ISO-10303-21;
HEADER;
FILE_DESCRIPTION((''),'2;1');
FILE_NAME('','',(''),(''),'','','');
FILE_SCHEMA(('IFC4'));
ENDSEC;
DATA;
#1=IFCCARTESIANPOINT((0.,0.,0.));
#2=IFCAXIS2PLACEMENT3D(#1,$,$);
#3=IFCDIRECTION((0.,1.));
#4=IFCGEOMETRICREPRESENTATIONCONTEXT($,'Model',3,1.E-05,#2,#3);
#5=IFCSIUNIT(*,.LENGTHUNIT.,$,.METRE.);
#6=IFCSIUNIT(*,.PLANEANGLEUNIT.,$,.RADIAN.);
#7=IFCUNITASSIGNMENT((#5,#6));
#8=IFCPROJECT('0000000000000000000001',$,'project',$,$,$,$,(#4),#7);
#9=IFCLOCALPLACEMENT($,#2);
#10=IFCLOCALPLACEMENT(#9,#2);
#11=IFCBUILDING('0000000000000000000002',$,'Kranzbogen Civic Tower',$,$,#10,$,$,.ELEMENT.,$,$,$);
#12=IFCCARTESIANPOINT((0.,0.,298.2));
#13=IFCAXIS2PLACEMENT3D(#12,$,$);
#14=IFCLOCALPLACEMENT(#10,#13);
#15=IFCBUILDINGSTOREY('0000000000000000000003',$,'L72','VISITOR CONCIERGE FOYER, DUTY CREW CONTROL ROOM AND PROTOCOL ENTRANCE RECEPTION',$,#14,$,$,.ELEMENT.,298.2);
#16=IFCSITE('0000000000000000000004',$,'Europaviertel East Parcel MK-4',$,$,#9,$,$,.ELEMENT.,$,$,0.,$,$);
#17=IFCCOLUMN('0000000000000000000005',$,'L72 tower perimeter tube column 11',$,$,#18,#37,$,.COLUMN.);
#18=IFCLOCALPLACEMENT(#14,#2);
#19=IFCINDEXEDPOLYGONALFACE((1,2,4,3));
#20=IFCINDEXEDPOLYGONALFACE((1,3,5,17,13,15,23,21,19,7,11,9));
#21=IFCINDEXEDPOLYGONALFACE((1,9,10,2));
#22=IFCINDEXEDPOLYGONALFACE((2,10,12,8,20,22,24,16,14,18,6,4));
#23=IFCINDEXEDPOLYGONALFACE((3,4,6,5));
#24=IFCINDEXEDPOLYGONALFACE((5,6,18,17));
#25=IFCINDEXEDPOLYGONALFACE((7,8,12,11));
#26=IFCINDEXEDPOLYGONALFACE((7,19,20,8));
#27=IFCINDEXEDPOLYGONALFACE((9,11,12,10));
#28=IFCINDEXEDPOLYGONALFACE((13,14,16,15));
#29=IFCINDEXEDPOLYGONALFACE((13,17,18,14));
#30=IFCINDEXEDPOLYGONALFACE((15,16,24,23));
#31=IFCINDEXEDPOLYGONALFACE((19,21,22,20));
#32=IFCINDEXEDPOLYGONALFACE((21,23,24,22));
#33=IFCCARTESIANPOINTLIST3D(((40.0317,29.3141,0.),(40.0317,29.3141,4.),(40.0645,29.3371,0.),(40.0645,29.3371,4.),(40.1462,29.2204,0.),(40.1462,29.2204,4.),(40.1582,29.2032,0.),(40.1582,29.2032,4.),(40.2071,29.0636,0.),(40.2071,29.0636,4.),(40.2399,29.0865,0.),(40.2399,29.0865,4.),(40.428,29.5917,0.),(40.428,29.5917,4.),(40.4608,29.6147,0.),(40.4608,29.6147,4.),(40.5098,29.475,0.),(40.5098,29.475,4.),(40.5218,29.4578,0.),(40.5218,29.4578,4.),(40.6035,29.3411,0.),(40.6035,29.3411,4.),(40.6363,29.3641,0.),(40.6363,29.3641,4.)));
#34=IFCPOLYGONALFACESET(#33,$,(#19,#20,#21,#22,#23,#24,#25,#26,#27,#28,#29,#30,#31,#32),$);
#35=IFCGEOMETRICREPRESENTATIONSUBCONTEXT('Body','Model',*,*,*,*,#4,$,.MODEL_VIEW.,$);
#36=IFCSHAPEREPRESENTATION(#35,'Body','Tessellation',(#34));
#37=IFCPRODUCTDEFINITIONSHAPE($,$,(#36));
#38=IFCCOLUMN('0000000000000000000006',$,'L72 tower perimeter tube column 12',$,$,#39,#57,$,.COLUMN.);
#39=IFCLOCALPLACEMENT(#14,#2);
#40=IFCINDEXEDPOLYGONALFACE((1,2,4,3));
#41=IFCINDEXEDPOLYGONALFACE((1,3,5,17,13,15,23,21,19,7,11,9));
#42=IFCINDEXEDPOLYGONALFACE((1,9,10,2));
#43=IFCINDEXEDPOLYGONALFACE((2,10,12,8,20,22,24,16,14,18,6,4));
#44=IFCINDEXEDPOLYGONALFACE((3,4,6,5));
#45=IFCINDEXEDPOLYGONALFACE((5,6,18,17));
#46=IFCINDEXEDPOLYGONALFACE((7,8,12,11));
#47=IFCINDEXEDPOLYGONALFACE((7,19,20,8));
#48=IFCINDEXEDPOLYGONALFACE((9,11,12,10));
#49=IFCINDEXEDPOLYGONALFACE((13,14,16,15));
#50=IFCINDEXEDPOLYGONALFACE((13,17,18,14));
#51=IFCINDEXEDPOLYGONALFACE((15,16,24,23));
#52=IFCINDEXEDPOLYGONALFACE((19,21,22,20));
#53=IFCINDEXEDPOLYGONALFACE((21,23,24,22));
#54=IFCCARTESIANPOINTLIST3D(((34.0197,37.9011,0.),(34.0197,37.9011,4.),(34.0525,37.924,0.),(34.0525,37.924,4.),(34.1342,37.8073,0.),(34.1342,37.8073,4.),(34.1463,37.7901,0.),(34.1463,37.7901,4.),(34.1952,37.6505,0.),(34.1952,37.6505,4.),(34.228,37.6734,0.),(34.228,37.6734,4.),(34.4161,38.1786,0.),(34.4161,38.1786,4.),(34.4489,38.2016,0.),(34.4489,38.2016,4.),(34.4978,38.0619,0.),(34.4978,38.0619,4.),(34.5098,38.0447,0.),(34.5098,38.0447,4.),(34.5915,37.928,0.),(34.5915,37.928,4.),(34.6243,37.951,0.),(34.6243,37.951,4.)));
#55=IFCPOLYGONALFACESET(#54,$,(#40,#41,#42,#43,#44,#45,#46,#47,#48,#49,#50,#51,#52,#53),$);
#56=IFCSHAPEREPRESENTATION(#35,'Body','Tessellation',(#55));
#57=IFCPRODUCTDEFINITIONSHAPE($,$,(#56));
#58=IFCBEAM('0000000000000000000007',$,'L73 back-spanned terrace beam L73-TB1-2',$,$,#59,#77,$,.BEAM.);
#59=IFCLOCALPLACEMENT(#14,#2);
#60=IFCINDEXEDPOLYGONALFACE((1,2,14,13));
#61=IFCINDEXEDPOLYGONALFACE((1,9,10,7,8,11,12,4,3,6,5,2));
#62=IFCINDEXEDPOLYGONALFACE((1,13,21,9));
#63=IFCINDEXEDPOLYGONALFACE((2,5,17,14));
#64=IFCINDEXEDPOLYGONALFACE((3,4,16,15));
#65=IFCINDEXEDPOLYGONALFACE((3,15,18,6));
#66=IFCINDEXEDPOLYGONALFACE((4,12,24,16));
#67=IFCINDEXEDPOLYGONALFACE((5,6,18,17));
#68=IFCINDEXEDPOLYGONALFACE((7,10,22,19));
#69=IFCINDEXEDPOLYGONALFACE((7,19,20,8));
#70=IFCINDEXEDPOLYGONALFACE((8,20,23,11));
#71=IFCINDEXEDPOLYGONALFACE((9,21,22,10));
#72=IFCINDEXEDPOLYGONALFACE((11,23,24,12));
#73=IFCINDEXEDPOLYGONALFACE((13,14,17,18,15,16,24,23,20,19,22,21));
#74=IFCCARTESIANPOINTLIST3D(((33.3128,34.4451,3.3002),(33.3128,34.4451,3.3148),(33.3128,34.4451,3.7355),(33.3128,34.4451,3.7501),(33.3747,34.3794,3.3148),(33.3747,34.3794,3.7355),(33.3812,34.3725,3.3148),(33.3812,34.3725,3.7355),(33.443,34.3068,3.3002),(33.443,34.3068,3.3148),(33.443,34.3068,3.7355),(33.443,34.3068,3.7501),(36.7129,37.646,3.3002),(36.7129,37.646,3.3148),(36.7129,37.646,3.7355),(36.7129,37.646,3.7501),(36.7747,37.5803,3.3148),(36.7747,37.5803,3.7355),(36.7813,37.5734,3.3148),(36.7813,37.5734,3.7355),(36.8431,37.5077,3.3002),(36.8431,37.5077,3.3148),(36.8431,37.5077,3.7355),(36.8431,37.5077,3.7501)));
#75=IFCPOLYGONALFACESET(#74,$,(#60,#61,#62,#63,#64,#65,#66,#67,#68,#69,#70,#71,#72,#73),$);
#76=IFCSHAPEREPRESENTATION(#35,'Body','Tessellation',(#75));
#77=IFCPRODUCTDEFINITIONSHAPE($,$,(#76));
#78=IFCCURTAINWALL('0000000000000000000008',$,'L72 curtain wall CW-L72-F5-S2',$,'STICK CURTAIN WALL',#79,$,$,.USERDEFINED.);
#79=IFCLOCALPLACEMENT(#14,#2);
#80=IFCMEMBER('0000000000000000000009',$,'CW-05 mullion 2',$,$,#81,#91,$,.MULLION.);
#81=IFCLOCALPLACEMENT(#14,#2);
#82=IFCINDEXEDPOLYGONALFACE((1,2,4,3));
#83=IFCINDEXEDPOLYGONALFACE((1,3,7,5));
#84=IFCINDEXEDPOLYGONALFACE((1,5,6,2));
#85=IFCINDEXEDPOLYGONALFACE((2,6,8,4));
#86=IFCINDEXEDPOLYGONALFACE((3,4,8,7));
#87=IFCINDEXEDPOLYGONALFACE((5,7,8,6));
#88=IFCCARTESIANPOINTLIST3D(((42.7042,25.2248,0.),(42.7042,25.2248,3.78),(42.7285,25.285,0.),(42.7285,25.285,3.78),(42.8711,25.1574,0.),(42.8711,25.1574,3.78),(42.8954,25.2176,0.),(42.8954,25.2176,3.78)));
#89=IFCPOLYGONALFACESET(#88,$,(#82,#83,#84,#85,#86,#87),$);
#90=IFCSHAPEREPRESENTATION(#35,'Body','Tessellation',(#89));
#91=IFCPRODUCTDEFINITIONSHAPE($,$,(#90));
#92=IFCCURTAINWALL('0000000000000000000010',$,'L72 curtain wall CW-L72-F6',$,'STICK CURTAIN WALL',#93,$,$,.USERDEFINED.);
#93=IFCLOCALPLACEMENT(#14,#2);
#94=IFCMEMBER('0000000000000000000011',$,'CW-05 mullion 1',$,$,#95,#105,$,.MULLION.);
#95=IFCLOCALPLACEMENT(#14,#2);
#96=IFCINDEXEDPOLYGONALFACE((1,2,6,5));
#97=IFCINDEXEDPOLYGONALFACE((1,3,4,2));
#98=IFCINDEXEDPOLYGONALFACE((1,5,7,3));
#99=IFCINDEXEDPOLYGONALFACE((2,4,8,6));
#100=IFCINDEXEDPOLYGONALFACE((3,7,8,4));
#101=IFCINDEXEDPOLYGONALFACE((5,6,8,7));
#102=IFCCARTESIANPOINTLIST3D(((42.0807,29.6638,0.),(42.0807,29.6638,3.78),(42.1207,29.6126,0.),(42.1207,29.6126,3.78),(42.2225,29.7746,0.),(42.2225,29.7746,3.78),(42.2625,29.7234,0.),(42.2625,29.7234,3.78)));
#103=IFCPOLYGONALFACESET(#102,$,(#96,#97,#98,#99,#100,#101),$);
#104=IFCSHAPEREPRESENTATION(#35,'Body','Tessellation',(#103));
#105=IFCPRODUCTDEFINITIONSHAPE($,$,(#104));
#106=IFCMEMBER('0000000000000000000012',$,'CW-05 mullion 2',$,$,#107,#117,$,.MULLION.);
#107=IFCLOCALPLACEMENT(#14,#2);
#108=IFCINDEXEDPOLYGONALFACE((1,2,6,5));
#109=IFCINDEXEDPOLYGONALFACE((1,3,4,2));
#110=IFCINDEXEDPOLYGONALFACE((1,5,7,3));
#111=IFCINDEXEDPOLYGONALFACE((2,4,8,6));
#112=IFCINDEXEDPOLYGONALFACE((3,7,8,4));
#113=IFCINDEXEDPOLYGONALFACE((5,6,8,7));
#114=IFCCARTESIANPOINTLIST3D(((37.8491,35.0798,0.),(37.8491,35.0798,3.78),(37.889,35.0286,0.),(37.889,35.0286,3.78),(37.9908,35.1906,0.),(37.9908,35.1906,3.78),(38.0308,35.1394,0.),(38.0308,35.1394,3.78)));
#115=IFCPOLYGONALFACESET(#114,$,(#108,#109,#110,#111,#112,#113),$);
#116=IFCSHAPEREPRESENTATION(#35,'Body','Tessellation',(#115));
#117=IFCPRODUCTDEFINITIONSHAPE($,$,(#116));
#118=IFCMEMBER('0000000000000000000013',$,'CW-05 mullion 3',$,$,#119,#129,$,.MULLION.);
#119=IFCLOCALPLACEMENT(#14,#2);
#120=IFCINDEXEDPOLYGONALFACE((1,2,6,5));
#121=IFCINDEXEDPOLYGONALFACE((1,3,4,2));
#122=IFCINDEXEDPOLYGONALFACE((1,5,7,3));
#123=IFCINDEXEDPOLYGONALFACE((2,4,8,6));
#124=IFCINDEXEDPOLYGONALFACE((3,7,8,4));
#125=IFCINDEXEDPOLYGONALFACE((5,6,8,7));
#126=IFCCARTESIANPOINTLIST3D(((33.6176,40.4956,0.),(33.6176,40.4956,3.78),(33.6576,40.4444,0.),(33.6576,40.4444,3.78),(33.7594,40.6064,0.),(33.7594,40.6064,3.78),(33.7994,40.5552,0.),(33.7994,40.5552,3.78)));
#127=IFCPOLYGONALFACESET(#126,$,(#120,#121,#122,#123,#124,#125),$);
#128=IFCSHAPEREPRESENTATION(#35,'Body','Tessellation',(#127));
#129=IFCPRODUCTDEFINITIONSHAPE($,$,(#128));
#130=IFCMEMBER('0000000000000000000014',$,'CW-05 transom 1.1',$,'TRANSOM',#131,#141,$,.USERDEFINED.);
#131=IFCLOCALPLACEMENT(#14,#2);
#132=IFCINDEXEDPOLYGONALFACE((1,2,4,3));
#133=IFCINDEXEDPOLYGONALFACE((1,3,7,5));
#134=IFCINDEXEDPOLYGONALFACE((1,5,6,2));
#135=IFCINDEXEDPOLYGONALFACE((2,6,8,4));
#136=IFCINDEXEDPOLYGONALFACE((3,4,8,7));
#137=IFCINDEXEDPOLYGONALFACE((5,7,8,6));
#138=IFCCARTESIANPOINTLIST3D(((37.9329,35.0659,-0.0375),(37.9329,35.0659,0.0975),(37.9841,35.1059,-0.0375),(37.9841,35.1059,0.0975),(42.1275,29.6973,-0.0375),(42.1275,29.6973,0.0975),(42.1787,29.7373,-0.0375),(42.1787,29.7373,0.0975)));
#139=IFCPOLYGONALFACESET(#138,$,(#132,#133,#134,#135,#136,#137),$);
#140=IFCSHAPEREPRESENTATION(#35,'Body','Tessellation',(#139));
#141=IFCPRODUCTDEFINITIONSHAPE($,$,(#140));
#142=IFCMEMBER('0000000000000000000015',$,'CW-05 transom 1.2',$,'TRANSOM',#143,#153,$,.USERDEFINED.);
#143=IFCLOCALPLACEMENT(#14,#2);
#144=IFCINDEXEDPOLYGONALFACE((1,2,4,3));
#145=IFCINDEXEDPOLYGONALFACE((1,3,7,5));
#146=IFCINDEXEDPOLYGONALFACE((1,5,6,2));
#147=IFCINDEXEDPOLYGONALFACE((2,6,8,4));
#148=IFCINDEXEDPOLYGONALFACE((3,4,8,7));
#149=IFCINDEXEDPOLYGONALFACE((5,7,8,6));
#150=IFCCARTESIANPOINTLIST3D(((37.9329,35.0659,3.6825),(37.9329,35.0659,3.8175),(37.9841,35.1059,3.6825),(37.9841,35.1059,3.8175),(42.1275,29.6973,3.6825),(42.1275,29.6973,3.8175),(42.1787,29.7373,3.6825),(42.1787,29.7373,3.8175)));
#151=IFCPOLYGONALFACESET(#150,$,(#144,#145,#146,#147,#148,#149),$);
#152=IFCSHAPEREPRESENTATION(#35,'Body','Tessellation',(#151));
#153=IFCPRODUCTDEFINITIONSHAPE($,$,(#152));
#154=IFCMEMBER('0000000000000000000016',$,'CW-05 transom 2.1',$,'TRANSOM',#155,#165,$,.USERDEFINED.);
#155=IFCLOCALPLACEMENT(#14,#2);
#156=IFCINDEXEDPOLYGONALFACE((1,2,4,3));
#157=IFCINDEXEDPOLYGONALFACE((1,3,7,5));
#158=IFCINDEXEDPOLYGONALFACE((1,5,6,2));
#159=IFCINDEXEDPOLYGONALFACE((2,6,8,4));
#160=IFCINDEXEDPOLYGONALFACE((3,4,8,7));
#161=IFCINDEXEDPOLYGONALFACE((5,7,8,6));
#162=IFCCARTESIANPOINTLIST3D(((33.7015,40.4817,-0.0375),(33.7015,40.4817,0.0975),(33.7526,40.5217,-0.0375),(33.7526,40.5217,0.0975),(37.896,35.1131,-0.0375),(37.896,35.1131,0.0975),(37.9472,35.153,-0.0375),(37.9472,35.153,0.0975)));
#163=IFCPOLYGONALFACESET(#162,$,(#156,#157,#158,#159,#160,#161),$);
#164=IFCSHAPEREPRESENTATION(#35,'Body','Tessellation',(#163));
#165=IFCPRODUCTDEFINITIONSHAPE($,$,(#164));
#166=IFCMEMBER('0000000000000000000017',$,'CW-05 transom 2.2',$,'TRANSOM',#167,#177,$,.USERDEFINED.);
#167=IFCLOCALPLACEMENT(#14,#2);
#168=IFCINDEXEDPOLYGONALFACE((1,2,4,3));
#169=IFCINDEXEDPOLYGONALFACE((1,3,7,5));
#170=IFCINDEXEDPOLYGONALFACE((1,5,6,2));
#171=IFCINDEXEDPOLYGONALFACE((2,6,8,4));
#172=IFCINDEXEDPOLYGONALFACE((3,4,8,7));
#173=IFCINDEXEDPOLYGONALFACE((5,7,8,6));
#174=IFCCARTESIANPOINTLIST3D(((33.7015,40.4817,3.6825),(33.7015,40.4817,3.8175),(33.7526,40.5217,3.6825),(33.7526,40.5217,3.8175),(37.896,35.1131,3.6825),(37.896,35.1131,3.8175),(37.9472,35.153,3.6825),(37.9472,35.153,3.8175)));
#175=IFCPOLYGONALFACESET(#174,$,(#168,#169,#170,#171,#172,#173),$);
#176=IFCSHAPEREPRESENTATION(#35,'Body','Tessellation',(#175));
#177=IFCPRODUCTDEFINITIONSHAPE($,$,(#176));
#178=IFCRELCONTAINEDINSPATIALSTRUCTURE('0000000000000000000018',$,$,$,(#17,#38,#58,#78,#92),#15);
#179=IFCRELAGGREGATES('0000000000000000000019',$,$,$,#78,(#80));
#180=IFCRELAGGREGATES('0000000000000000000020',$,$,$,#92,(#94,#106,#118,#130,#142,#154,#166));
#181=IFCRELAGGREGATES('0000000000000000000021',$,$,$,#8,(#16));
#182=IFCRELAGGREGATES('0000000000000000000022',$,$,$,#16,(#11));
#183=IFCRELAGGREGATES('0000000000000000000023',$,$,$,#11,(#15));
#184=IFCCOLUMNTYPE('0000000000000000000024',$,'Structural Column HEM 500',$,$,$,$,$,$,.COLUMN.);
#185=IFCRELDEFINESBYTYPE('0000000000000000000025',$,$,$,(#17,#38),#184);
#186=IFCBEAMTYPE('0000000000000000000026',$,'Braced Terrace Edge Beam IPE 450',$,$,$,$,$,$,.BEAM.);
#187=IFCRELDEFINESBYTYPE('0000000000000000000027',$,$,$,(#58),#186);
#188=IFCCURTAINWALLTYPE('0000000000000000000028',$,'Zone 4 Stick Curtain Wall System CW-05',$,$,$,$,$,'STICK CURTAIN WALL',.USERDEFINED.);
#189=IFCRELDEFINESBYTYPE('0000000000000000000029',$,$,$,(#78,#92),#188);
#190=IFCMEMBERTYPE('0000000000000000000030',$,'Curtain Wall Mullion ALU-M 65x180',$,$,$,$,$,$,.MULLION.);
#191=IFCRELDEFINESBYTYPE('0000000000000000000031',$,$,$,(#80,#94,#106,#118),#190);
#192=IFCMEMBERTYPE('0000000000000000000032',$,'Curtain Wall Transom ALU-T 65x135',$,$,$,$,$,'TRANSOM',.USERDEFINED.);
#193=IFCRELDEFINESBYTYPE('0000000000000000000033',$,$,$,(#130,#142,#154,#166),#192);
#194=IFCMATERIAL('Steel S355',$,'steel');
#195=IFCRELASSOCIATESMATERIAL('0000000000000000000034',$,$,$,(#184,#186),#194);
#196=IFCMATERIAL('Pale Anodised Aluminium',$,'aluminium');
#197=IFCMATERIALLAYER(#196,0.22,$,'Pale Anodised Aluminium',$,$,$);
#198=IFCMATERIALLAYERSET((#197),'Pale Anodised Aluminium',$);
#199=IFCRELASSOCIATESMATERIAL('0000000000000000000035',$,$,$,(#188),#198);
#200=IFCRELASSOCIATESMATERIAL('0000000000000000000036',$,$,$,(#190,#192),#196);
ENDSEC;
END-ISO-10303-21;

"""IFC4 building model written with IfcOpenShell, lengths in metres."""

from ifc_helpers import new_model, si_unit, direction, frame, origin, origin_2d, place, context, subcontext, project, spatial, rectangle, i_section, extrude, material, layer, layer_set, material_profile, profile_set, type_object, element, aggregate, save


model = new_model("IFC4")

# Units and contexts
model_context = context("Model", 3, precision=1e-05, world=origin(), true_north=direction((0.0, 1.0)))
body_context = subcontext(model_context, "Body", "Model", "MODEL_VIEW")
ifc_project = project(units=[si_unit("LENGTHUNIT", "METRE"), si_unit("PLANEANGLEUNIT", "RADIAN")], contexts=[model_context])

# Site, building, storey
site_placement = place(None, origin())
site = spatial("IfcSite", under=ifc_project, at=site_placement, Name="Europaviertel East Parcel MK-4", CompositionType="ELEMENT", RefElevation=0.0)
building_placement = place(site_placement, origin())
building = spatial("IfcBuilding", under=site, at=building_placement, Name="Kranzbogen Civic Tower", CompositionType="ELEMENT")
storey_placement = place(building_placement, frame((0.0, 0.0, 298.2)))
storey = spatial("IfcBuildingStorey", under=building, at=storey_placement, Name="L72", Description="VISITOR CONCIERGE FOYER, DUTY CREW CONTROL ROOM AND PROTOCOL ENTRANCE RECEPTION", CompositionType="ELEMENT", Elevation=298.2)

# Columns
ifc_material_1 = material(Name="Steel S355", Category="steel")
ifc_material_profile_1 = material_profile(ifc_material_1, i_section(OverallWidth=0.3059, OverallDepth=0.5239, WebThickness=0.021, FlangeThickness=0.04, at=origin_2d()), Name="HEM 500")
ifc_profile_set_1 = profile_set([ifc_material_profile_1], Name="Steel S355")
column_type = type_object("IfcColumnType", Name="Structural Column HEM 500", PredefinedType="COLUMN", material=ifc_profile_set_1)
for number, where, z_axis, x_axis, name in (
    (1, (40.334, 29.3391, 0.0), (0.0, 0.0, 1.0), (-0.573576, 0.819152, 0.0), "L72 tower perimeter tube column 11"),
    (2, (34.322, 37.926, 0.0), (0.0, 0.0, 1.0), (-0.573576, 0.819152, 0.0), "L72 tower perimeter tube column 12"),
):
    element("IfcColumn", number, at=place(storey_placement, frame(where, z_axis=z_axis, x_axis=x_axis)), inside=storey, type_object=column_type, Name=name, PredefinedType="COLUMN", context=body_context, shape_type="SweptSolid", body=[
        extrude(i_section(OverallWidth=0.3059, OverallDepth=0.5239, WebThickness=0.021, FlangeThickness=0.04, at=origin_2d()), origin(), (0.0, 0.0, 1.0), 4.0),
    ])

# Beam
ifc_material_profile_2 = material_profile(ifc_material_1, i_section(OverallWidth=0.1899, OverallDepth=0.45, WebThickness=0.0095, FlangeThickness=0.0146, at=origin_2d()), Name="IPE 450")
ifc_profile_set_2 = profile_set([ifc_material_profile_2], Name="Steel S355")
beam_type_1 = type_object("IfcBeamType", Name="Braced Terrace Edge Beam IPE 450", PredefinedType="BEAM", material=ifc_profile_set_2)
beam_1_placement = place(storey_placement, frame((33.3779, 34.376, 3.5251), z_axis=(0.728116, 0.685454, 0.0), x_axis=(-0.685454, 0.728116, 0.0)))
element("IfcBeam", 3, at=beam_1_placement, inside=storey, type_object=beam_type_1, Name="L73 back-spanned terrace beam L73-TB1-2", PredefinedType="BEAM", context=body_context, shape_type="SweptSolid", body=[
    extrude(i_section(OverallWidth=0.1899, OverallDepth=0.45, WebThickness=0.0095, FlangeThickness=0.0146, at=origin_2d()), origin(), (0.0, 0.0, 1.0), 4.6697),
])

# Curtain wall, member
ifc_material_2 = material(Name="Pale Anodised Aluminium", Category="aluminium")
ifc_layer_1 = layer(ifc_material_2, 0.22, Name="Pale Anodised Aluminium")
ifc_layer_set_1 = layer_set([ifc_layer_1], Name="Pale Anodised Aluminium")
curtain_wall_type = type_object("IfcCurtainWallType", Name="Zone 4 Stick Curtain Wall System CW-05", ElementType="STICK CURTAIN WALL", PredefinedType="USERDEFINED", material=ifc_layer_set_1)
curtain_wall_1_placement = place(storey_placement, origin())
curtain_wall_1 = element("IfcCurtainWall", 4, at=curtain_wall_1_placement, inside=storey, type_object=curtain_wall_type, Name="L72 curtain wall CW-L72-F5-S2", ObjectType="STICK CURTAIN WALL", PredefinedType="USERDEFINED")
ifc_material_profile_3 = material_profile(ifc_material_2, rectangle(XDim=0.0649, YDim=0.1799, at=origin_2d()), Name="ALU-M 65x180")
ifc_profile_set_3 = profile_set([ifc_material_profile_3], Name="Pale Anodised Aluminium")
member_type_1 = type_object("IfcMemberType", Name="Curtain Wall Mullion ALU-M 65x180", PredefinedType="MULLION", material=ifc_profile_set_3)
member_1_placement = place(storey_placement, frame((42.7998, 25.2212, 0.0), z_axis=(0.0, 0.0, 1.0), x_axis=(0.374533, 0.927214, 0.0)))
member_1 = element("IfcMember", 5, at=member_1_placement, type_object=member_type_1, Name="CW-05 mullion 2", PredefinedType="MULLION", context=body_context, shape_type="SweptSolid", body=[
    extrude(rectangle(XDim=0.0649, YDim=0.1799, at=origin_2d()), origin(), (0.0, 0.0, 1.0), 3.78),
])
aggregate(curtain_wall_1, [member_1])

# Curtain wall, members
curtain_wall_2_placement = place(storey_placement, origin())
curtain_wall_2 = element("IfcCurtainWall", 6, at=curtain_wall_2_placement, inside=storey, type_object=curtain_wall_type, Name="L72 curtain wall CW-L72-F6", ObjectType="STICK CURTAIN WALL", PredefinedType="USERDEFINED")
member_2_placement = place(storey_placement, frame((42.1716, 29.6936, 0.0), z_axis=(0.0, 0.0, 1.0), x_axis=(-0.615679, 0.787997, 0.0)))
member_2 = element("IfcMember", 7, at=member_2_placement, type_object=member_type_1, Name="CW-05 mullion 1", PredefinedType="MULLION", context=body_context, shape_type="SweptSolid", body=[
    extrude(rectangle(XDim=0.0649, YDim=0.1799, at=origin_2d()), origin(), (0.0, 0.0, 1.0), 3.78),
])
member_3_placement = place(storey_placement, frame((37.9399, 35.1096, 0.0), z_axis=(0.0, 0.0, 1.0), x_axis=(-0.615679, 0.787997, 0.0)))
member_3 = element("IfcMember", 8, at=member_3_placement, type_object=member_type_1, Name="CW-05 mullion 2", PredefinedType="MULLION", context=body_context, shape_type="SweptSolid", body=[
    extrude(rectangle(XDim=0.0649, YDim=0.1799, at=origin_2d()), origin(), (0.0, 0.0, 1.0), 3.78),
])
member_4_placement = place(storey_placement, frame((33.7085, 40.5254, 0.0), z_axis=(0.0, 0.0, 1.0), x_axis=(-0.615679, 0.787997, 0.0)))
member_4 = element("IfcMember", 9, at=member_4_placement, type_object=member_type_1, Name="CW-05 mullion 3", PredefinedType="MULLION", context=body_context, shape_type="SweptSolid", body=[
    extrude(rectangle(XDim=0.0649, YDim=0.1799, at=origin_2d()), origin(), (0.0, 0.0, 1.0), 3.78),
])
ifc_material_profile_4 = material_profile(ifc_material_2, rectangle(XDim=0.0649, YDim=0.135, at=origin_2d()), Name="ALU-T 65x135")
ifc_profile_set_4 = profile_set([ifc_material_profile_4], Name="Pale Anodised Aluminium")
member_type_2 = type_object("IfcMemberType", Name="Curtain Wall Transom ALU-T 65x135", ElementType="TRANSOM", PredefinedType="USERDEFINED", material=ifc_profile_set_4)
member_5_placement = place(storey_placement, frame((42.1531, 29.7173, 0.03), z_axis=(-0.615673, 0.788002, 0.0), x_axis=(-0.788002, -0.615673, 0.0)))
member_5 = element("IfcMember", 10, at=member_5_placement, type_object=member_type_2, Name="CW-05 transom 1.1", ObjectType="TRANSOM", PredefinedType="USERDEFINED", context=body_context, shape_type="SweptSolid", body=[
    extrude(rectangle(XDim=0.0649, YDim=0.135, at=origin_2d()), origin(), (0.0, 0.0, 1.0), 6.813),
])
member_6_placement = place(storey_placement, frame((42.1531, 29.7173, 3.75), z_axis=(-0.615673, 0.788002, 0.0), x_axis=(-0.788002, -0.615673, 0.0)))
member_6 = element("IfcMember", 11, at=member_6_placement, type_object=member_type_2, Name="CW-05 transom 1.2", ObjectType="TRANSOM", PredefinedType="USERDEFINED", context=body_context, shape_type="SweptSolid", body=[
    extrude(rectangle(XDim=0.0649, YDim=0.135, at=origin_2d()), origin(), (0.0, 0.0, 1.0), 6.813),
])
member_7_placement = place(storey_placement, frame((37.9216, 35.1331, 0.03), z_axis=(-0.615673, 0.788002, 0.0), x_axis=(-0.788002, -0.615673, 0.0)))
member_7 = element("IfcMember", 12, at=member_7_placement, type_object=member_type_2, Name="CW-05 transom 2.1", ObjectType="TRANSOM", PredefinedType="USERDEFINED", context=body_context, shape_type="SweptSolid", body=[
    extrude(rectangle(XDim=0.0649, YDim=0.135, at=origin_2d()), origin(), (0.0, 0.0, 1.0), 6.813),
])
member_8_placement = place(storey_placement, frame((37.9216, 35.1331, 3.75), z_axis=(-0.615673, 0.788002, 0.0), x_axis=(-0.788002, -0.615673, 0.0)))
member_8 = element("IfcMember", 13, at=member_8_placement, type_object=member_type_2, Name="CW-05 transom 2.2", ObjectType="TRANSOM", PredefinedType="USERDEFINED", context=body_context, shape_type="SweptSolid", body=[
    extrude(rectangle(XDim=0.0649, YDim=0.135, at=origin_2d()), origin(), (0.0, 0.0, 1.0), 6.813),
])

aggregate(curtain_wall_2, [member_2, member_3, member_4, member_5, member_6, member_7, member_8])

save(model, "model.ifc")
